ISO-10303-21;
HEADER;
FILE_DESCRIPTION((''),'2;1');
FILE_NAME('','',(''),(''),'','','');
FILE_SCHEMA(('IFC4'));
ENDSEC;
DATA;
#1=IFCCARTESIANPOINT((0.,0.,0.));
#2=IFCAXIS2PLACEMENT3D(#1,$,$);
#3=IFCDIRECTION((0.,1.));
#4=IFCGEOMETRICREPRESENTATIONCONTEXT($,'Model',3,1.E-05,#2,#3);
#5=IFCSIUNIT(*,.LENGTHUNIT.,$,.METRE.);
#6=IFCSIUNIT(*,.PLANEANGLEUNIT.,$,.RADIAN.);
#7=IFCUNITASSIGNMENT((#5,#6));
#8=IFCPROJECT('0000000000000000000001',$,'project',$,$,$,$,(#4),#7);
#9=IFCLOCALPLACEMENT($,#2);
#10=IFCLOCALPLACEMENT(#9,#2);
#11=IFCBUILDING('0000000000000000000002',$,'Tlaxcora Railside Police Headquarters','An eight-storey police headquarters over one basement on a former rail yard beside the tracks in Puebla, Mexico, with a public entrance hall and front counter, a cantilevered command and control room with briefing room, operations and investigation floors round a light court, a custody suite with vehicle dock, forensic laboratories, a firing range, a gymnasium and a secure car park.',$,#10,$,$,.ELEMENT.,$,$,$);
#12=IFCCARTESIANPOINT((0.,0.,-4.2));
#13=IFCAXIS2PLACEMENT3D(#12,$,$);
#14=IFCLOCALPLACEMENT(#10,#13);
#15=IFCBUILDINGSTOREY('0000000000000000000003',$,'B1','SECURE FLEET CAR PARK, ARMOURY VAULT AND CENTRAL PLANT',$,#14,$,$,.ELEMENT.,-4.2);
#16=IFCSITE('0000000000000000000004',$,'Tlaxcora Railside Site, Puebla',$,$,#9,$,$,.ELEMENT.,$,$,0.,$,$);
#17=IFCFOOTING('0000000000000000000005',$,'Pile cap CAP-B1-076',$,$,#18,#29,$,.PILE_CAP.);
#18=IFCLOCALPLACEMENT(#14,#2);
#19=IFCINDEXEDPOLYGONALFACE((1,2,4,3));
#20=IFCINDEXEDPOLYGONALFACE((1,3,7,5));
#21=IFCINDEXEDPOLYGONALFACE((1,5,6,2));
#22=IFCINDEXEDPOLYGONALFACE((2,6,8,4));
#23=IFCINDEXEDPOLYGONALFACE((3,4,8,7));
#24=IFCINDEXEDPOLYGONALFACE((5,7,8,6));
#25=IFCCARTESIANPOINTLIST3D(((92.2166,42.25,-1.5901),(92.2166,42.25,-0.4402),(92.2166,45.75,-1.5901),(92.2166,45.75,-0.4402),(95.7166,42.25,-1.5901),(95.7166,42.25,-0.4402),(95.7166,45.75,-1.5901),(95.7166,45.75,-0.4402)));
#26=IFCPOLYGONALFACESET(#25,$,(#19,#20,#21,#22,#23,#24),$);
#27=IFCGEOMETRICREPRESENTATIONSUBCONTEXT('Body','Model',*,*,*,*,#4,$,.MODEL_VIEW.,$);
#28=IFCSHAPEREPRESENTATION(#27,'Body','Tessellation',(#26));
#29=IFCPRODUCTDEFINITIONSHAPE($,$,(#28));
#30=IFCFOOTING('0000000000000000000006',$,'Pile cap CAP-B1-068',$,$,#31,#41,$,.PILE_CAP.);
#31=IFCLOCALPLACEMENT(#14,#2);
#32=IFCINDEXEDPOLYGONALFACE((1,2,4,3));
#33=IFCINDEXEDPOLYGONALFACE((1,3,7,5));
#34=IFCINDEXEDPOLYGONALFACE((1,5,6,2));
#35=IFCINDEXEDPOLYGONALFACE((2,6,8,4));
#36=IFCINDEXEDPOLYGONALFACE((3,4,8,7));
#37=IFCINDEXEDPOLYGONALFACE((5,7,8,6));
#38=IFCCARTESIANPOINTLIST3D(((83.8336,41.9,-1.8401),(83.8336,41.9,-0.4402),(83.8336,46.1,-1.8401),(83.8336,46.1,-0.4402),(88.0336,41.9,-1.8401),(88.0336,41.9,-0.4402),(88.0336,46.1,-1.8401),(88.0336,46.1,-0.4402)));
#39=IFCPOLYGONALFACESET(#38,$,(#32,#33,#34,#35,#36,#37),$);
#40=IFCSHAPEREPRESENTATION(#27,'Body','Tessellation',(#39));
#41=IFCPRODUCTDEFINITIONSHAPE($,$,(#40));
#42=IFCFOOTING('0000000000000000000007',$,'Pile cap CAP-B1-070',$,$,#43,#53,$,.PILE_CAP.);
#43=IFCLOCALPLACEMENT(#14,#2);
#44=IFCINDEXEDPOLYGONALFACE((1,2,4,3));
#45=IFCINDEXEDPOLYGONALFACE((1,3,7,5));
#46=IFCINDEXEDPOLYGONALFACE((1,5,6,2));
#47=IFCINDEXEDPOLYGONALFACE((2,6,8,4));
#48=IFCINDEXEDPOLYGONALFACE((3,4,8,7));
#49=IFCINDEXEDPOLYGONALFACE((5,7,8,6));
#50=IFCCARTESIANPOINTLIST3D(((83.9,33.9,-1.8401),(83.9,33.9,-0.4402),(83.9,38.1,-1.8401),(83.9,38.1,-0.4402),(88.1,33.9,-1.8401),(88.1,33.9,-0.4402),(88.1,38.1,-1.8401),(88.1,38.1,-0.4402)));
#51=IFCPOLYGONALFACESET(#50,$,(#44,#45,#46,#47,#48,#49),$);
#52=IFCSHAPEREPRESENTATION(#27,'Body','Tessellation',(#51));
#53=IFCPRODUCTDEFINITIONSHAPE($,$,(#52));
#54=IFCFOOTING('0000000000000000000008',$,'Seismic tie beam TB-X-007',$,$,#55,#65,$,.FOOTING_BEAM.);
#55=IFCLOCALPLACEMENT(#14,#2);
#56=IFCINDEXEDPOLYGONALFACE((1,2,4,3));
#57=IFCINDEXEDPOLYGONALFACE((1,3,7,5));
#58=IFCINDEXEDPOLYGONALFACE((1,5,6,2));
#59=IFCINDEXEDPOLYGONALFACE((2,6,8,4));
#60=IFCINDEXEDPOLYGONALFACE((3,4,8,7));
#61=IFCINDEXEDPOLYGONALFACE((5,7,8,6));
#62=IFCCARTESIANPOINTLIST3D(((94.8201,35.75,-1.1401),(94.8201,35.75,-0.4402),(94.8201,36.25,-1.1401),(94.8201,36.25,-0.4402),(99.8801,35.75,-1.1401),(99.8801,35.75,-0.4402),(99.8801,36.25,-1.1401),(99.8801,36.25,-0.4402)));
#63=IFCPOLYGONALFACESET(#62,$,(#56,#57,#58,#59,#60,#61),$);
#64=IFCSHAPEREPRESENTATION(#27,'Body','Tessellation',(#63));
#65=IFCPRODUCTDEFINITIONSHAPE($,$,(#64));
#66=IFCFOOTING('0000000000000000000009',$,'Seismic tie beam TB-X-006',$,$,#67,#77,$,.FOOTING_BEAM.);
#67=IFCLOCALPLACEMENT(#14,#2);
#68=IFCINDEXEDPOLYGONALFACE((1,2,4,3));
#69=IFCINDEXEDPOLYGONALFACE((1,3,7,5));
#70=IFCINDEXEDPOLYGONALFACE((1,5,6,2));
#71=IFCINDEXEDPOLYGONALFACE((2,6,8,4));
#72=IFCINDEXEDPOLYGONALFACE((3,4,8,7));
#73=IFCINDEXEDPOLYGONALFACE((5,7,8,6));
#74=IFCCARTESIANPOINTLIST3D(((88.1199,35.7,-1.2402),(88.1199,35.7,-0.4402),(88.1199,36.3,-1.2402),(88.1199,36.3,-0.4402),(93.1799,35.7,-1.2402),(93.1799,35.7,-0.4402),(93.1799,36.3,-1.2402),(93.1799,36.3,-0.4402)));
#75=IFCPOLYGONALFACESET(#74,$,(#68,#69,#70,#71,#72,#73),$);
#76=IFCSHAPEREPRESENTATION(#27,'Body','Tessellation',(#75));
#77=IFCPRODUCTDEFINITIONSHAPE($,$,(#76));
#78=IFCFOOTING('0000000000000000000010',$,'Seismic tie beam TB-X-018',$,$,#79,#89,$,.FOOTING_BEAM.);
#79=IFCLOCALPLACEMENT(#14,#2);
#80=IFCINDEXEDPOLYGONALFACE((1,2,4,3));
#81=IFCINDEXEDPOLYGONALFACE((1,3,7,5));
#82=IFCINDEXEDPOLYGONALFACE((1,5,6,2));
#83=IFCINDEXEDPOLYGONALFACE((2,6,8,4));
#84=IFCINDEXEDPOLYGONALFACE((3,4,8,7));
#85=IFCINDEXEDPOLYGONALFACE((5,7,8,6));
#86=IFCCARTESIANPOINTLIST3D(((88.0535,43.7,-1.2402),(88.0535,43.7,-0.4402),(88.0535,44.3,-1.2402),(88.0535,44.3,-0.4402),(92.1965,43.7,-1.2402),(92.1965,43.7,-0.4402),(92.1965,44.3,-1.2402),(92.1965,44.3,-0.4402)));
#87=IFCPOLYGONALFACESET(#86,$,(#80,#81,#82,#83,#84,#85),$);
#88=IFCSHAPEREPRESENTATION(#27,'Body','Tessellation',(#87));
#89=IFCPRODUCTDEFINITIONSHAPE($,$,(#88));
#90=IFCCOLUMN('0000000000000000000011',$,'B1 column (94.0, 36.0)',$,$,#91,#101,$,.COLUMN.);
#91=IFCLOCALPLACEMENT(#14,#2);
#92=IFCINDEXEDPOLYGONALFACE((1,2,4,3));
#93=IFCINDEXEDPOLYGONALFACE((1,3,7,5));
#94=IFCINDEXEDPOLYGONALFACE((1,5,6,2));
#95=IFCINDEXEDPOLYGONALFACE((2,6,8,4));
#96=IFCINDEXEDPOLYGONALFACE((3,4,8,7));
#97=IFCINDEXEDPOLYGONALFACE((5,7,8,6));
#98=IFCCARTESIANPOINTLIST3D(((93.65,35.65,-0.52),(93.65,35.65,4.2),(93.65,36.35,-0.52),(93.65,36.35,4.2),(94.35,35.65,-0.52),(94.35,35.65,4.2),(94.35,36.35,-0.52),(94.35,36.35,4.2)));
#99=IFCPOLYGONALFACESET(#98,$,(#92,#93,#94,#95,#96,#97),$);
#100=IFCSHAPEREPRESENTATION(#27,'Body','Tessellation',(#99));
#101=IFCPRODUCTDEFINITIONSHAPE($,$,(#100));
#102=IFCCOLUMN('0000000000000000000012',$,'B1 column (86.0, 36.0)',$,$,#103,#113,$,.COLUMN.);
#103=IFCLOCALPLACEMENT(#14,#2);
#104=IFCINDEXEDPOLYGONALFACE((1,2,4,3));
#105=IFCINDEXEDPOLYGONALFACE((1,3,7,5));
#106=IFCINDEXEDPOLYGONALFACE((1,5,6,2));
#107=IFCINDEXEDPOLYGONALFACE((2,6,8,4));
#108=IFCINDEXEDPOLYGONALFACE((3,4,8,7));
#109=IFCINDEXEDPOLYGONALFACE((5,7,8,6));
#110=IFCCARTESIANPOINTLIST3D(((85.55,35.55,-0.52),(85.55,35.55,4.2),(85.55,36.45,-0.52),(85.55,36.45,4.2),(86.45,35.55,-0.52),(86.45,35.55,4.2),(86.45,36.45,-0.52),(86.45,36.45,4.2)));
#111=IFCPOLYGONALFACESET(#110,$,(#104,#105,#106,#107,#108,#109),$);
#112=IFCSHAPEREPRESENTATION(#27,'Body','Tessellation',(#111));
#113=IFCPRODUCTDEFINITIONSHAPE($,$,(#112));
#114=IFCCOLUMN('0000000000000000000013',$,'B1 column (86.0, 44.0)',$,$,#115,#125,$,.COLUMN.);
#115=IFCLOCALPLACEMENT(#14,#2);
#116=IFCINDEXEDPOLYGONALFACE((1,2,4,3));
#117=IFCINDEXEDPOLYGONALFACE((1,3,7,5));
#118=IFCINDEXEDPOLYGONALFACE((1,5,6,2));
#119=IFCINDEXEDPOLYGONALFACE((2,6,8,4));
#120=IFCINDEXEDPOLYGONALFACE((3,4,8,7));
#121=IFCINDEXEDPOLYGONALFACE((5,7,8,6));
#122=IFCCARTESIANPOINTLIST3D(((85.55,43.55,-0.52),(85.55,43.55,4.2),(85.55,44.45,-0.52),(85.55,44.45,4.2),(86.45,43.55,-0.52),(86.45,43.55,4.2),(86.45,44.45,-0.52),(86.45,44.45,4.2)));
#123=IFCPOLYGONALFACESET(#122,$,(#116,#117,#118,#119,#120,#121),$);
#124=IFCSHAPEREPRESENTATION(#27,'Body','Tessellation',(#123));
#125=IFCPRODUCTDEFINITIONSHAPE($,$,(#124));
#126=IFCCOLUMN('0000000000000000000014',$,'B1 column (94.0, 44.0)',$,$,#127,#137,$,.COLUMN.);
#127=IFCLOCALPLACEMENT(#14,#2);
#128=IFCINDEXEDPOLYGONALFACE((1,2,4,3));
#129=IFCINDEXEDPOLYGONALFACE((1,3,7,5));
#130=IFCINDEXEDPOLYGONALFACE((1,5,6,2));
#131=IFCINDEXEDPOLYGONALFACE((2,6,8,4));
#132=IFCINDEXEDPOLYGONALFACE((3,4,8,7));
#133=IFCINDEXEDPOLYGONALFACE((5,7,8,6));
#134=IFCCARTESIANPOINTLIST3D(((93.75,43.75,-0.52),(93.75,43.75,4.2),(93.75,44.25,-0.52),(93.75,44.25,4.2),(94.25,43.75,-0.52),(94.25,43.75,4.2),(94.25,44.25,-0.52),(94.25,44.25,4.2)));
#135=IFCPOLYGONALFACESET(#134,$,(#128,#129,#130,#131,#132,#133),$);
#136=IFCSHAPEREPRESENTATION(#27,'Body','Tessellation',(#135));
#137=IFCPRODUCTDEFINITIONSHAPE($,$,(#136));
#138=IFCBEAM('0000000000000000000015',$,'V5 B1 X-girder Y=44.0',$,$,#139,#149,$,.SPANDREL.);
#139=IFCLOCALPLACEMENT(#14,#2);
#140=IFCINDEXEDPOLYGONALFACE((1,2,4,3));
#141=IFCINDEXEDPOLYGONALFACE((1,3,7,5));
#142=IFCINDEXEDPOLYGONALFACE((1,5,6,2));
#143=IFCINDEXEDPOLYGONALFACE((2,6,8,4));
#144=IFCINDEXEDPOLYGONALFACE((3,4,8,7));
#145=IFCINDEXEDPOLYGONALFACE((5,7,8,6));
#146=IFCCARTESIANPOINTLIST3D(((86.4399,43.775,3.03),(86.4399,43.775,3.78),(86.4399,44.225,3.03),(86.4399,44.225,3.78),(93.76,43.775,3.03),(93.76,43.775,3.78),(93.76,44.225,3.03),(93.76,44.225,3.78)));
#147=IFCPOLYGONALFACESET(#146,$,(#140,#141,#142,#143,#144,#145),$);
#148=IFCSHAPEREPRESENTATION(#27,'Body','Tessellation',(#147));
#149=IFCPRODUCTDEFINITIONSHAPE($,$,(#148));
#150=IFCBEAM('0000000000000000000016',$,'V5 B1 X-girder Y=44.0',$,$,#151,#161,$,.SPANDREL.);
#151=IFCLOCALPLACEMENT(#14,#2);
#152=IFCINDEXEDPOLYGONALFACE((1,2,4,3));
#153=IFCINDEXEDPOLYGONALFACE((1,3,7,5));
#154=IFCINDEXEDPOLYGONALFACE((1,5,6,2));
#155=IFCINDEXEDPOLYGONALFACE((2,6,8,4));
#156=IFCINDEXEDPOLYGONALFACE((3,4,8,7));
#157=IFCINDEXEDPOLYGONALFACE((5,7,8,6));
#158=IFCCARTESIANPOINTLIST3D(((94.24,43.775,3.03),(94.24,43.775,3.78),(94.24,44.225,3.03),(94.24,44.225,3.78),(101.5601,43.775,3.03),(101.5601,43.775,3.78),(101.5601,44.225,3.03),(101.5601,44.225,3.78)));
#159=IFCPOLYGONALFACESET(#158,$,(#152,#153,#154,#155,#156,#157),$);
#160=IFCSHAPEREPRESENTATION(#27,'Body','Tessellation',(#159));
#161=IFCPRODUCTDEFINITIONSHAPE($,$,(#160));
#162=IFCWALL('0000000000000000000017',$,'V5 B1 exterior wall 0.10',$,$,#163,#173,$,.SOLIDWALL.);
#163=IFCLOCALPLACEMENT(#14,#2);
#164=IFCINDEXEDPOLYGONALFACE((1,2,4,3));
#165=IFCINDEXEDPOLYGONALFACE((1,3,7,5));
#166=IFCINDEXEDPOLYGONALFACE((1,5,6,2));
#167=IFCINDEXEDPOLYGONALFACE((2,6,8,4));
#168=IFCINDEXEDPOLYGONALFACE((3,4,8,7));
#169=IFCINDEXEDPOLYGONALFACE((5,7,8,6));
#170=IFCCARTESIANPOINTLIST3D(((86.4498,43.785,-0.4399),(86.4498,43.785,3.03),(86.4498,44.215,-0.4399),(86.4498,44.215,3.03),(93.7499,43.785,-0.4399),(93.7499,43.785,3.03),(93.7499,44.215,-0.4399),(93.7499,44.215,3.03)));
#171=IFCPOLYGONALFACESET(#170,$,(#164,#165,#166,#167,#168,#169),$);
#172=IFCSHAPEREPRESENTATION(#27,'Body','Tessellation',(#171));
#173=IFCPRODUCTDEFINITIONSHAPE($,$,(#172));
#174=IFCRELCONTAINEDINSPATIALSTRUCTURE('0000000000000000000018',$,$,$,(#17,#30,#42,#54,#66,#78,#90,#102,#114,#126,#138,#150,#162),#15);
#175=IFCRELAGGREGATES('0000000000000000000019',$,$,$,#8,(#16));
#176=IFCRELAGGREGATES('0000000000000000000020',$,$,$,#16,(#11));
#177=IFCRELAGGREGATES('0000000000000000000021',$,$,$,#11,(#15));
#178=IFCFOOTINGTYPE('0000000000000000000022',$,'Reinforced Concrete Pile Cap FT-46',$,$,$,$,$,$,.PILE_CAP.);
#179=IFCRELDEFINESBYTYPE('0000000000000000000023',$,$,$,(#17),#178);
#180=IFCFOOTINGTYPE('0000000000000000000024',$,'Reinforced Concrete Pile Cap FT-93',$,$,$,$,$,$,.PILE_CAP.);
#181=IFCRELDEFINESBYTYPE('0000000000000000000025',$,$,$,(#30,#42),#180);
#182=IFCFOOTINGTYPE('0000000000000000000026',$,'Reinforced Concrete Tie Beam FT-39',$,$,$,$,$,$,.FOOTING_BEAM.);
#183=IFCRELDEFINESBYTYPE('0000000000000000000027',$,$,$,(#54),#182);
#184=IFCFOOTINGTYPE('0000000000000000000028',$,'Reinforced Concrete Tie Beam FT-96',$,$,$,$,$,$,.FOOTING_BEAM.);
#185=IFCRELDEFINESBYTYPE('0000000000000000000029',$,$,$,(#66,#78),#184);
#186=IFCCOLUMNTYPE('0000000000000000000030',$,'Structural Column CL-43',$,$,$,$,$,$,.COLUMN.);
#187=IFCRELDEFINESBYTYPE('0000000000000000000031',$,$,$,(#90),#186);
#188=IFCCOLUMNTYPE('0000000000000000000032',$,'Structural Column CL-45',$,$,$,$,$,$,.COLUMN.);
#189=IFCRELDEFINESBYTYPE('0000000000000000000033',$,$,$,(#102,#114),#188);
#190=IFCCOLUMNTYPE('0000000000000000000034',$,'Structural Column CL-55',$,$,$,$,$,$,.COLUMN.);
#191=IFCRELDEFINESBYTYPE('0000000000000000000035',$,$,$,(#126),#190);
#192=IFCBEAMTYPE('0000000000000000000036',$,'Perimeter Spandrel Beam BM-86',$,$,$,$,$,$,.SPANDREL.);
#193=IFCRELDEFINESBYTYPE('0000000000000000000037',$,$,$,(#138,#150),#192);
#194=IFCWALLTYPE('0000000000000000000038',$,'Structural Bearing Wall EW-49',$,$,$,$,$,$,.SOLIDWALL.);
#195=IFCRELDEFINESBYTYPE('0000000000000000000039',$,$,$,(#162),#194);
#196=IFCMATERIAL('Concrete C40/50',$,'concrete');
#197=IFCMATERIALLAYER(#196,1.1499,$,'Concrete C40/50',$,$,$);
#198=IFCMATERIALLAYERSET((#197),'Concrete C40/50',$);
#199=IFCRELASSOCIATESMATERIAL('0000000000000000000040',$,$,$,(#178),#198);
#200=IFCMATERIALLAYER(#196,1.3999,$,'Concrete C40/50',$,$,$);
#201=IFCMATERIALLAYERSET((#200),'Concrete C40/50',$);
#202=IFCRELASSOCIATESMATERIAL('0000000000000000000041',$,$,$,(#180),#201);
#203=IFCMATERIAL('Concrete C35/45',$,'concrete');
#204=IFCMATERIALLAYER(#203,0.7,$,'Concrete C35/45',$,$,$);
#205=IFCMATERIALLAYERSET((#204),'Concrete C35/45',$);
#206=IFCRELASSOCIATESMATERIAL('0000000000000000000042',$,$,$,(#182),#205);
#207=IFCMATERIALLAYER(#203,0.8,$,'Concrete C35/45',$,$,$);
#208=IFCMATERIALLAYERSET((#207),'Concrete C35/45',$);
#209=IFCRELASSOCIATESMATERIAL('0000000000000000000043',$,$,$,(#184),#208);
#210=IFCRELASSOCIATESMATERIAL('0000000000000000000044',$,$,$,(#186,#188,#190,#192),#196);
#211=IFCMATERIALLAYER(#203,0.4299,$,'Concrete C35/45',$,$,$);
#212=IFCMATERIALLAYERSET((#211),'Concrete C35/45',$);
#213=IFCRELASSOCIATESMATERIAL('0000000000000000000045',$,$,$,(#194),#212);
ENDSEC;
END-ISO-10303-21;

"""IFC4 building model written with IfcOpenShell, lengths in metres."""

from ifc_helpers import new_model, si_unit, direction, frame, frame_2d, origin, origin_2d, place, context, subcontext, project, spatial, rectangle, extrude, material, layer, layer_set, material_profile, profile_set, type_object, element, save


model = new_model("IFC4")

# Units and contexts
model_context = context("Model", 3, precision=1e-05, world=origin(), true_north=direction((0.0, 1.0)))
body_context = subcontext(model_context, "Body", "Model", "MODEL_VIEW")
ifc_project = project(units=[si_unit("LENGTHUNIT", "METRE"), si_unit("PLANEANGLEUNIT", "RADIAN")], contexts=[model_context])

# Site, building, storey
site_placement = place(None, origin())
site = spatial("IfcSite", under=ifc_project, at=site_placement, Name="Tlaxcora Railside Site, Puebla", CompositionType="ELEMENT", RefElevation=0.0)
building_placement = place(site_placement, origin())
building = spatial("IfcBuilding", under=site, at=building_placement, Name="Tlaxcora Railside Police Headquarters", Description="An eight-storey police headquarters over one basement on a former rail yard beside the tracks in Puebla, Mexico, with a public entrance hall and front counter, a cantilevered command and control room with briefing room, operations and investigation floors round a light court, a custody suite with vehicle dock, forensic laboratories, a firing range, a gymnasium and a secure car park.", CompositionType="ELEMENT")
storey_placement = place(building_placement, frame((0.0, 0.0, -4.2)))
storey = spatial("IfcBuildingStorey", under=building, at=storey_placement, Name="B1", Description="SECURE FLEET CAR PARK, ARMOURY VAULT AND CENTRAL PLANT", CompositionType="ELEMENT", Elevation=-4.2)

# Shared definitions
ifc_material_1 = material(Name="Concrete C35/45", Category="concrete")

# Footings
ifc_material_2 = material(Name="Concrete C40/50", Category="concrete")
ifc_layer_1 = layer(ifc_material_2, 1.1499, Name="Concrete C40/50")
ifc_layer_set_1 = layer_set([ifc_layer_1], Name="Concrete C40/50")
footing_type_1 = type_object("IfcFootingType", Name="Reinforced Concrete Pile Cap FT-46", PredefinedType="PILE_CAP", material=ifc_layer_set_1)
footing_1_placement = place(storey_placement, frame((93.9666, 44.0, -1.5901), z_axis=(0.0, 0.0, 1.0), x_axis=(1.0, 0.0, 0.0)))
element("IfcFooting", 1, at=footing_1_placement, inside=storey, type_object=footing_type_1, Name="Pile cap CAP-B1-076", PredefinedType="PILE_CAP", context=body_context, shape_type="SweptSolid", body=[
    extrude(rectangle(XDim=3.5, YDim=3.5, at=origin_2d()), origin(), (0.0, 0.0, 1.0), 1.1499),
])
ifc_layer_2 = layer(ifc_material_2, 1.3999, Name="Concrete C40/50")
ifc_layer_set_2 = layer_set([ifc_layer_2], Name="Concrete C40/50")
footing_type_2 = type_object("IfcFootingType", Name="Reinforced Concrete Pile Cap FT-93", PredefinedType="PILE_CAP", material=ifc_layer_set_2)
for number, where, z_axis, x_axis, name in (
    (2, (85.9336, 44.0, -1.8401), (0.0, 0.0, 1.0), (1.0, 0.0, 0.0), "Pile cap CAP-B1-068"),
    (3, (86.0, 36.0, -1.8401), (0.0, 0.0, 1.0), (1.0, 0.0, 0.0), "Pile cap CAP-B1-070"),
):
    element("IfcFooting", number, at=place(storey_placement, frame(where, z_axis=z_axis, x_axis=x_axis)), inside=storey, type_object=footing_type_2, Name=name, PredefinedType="PILE_CAP", context=body_context, shape_type="SweptSolid", body=[
        extrude(rectangle(XDim=4.2, YDim=4.2, at=origin_2d()), origin(), (0.0, 0.0, 1.0), 1.3999),
    ])
ifc_layer_3 = layer(ifc_material_1, 0.7, Name="Concrete C35/45")
ifc_layer_set_3 = layer_set([ifc_layer_3], Name="Concrete C35/45")
footing_type_3 = type_object("IfcFootingType", Name="Reinforced Concrete Tie Beam FT-39", PredefinedType="FOOTING_BEAM", material=ifc_layer_set_3)
footing_2_placement = place(storey_placement, frame((97.3501, 36.0, -1.1401), z_axis=(0.0, 0.0, 1.0), x_axis=(1.0, 0.0, 0.0)))
element("IfcFooting", 4, at=footing_2_placement, inside=storey, type_object=footing_type_3, Name="Seismic tie beam TB-X-007", PredefinedType="FOOTING_BEAM", context=body_context, shape_type="SweptSolid", body=[
    extrude(rectangle(XDim=5.0601, YDim=0.5, at=origin_2d()), origin(), (0.0, 0.0, 1.0), 0.7),
])
ifc_layer_4 = layer(ifc_material_1, 0.8, Name="Concrete C35/45")
ifc_layer_set_4 = layer_set([ifc_layer_4], Name="Concrete C35/45")
footing_type_4 = type_object("IfcFootingType", Name="Reinforced Concrete Tie Beam FT-96", PredefinedType="FOOTING_BEAM", material=ifc_layer_set_4)
footing_3_placement = place(storey_placement, frame((90.6499, 36.0, -1.2402), z_axis=(0.0, 0.0, 1.0), x_axis=(1.0, 0.0, 0.0)))
element("IfcFooting", 5, at=footing_3_placement, inside=storey, type_object=footing_type_4, Name="Seismic tie beam TB-X-006", PredefinedType="FOOTING_BEAM", context=body_context, shape_type="SweptSolid", body=[
    extrude(rectangle(XDim=5.0601, YDim=0.6001, at=origin_2d()), origin(), (0.0, 0.0, 1.0), 0.8),
])
footing_4_placement = place(storey_placement, frame((90.125, 44.0, -1.2402), z_axis=(0.0, 0.0, 1.0), x_axis=(1.0, 0.0, 0.0)))
element("IfcFooting", 6, at=footing_4_placement, inside=storey, type_object=footing_type_4, Name="Seismic tie beam TB-X-018", PredefinedType="FOOTING_BEAM", context=body_context, shape_type="SweptSolid", body=[
    extrude(rectangle(XDim=4.1431, YDim=0.6001, at=origin_2d()), origin(), (0.0, 0.0, 1.0), 0.8),
])

# Columns
ifc_material_profile_1 = material_profile(ifc_material_2, rectangle(XDim=0.7, YDim=0.7, at=origin_2d()), Name="RC700X700")
ifc_profile_set_1 = profile_set([ifc_material_profile_1], Name="Concrete C40/50")
column_type_1 = type_object("IfcColumnType", Name="Structural Column CL-43", PredefinedType="COLUMN", material=ifc_profile_set_1)
column_1_placement = place(storey_placement, frame((94.0, 36.0, -0.52), z_axis=(0.0, 0.0, 1.0), x_axis=(1.0, 0.0, 0.0)))
element("IfcColumn", 7, at=column_1_placement, inside=storey, type_object=column_type_1, Name="B1 column (94.0, 36.0)", PredefinedType="COLUMN", context=body_context, shape_type="SweptSolid", body=[
    extrude(rectangle(XDim=0.7, YDim=0.7, at=origin_2d()), origin(), (0.0, 0.0, 1.0), 4.72),
])
ifc_material_profile_2 = material_profile(ifc_material_2, rectangle(XDim=0.8999, YDim=0.8999, at=origin_2d()), Name="RC900X900")
ifc_profile_set_2 = profile_set([ifc_material_profile_2], Name="Concrete C40/50")
column_type_2 = type_object("IfcColumnType", Name="Structural Column CL-45", PredefinedType="COLUMN", material=ifc_profile_set_2)
for number, where, z_axis, x_axis, name in (
    (8, (86.0, 36.0, -0.52), (0.0, 0.0, 1.0), (1.0, 0.0, 0.0), "B1 column (86.0, 36.0)"),
    (9, (86.0, 44.0, -0.52), (0.0, 0.0, 1.0), (1.0, 0.0, 0.0), "B1 column (86.0, 44.0)"),
):
    element("IfcColumn", number, at=place(storey_placement, frame(where, z_axis=z_axis, x_axis=x_axis)), inside=storey, type_object=column_type_2, Name=name, PredefinedType="COLUMN", context=body_context, shape_type="SweptSolid", body=[
        extrude(rectangle(XDim=0.8999, YDim=0.8999, at=origin_2d()), origin(), (0.0, 0.0, 1.0), 4.72),
    ])
ifc_material_profile_3 = material_profile(ifc_material_2, rectangle(XDim=0.5, YDim=0.5, at=origin_2d()), Name="RC500X500")
ifc_profile_set_3 = profile_set([ifc_material_profile_3], Name="Concrete C40/50")
column_type_3 = type_object("IfcColumnType", Name="Structural Column CL-55", PredefinedType="COLUMN", material=ifc_profile_set_3)
column_2_placement = place(storey_placement, frame((94.0, 44.0, -0.52), z_axis=(0.0, 0.0, 1.0), x_axis=(1.0, 0.0, 0.0)))
element("IfcColumn", 10, at=column_2_placement, inside=storey, type_object=column_type_3, Name="B1 column (94.0, 44.0)", PredefinedType="COLUMN", context=body_context, shape_type="SweptSolid", body=[
    extrude(rectangle(XDim=0.5, YDim=0.5, at=origin_2d()), origin(), (0.0, 0.0, 1.0), 4.72),
])

# Beams
ifc_material_profile_4 = material_profile(ifc_material_2, rectangle(XDim=0.45, YDim=0.75, at=origin_2d()), Name="RC450X750")
ifc_profile_set_4 = profile_set([ifc_material_profile_4], Name="Concrete C40/50")
beam_type = type_object("IfcBeamType", Name="Perimeter Spandrel Beam BM-86", PredefinedType="SPANDREL", material=ifc_profile_set_4)
for number, where, z_axis, x_axis, name in (
    (11, (86.4399, 44.0, 3.405), (1.0, 0.0, 0.0), (0.0, 1.0, 0.0), "V5 B1 X-girder Y=44.0"),
    (12, (94.24, 44.0, 3.405), (1.0, 0.0, 0.0), (0.0, 1.0, 0.0), "V5 B1 X-girder Y=44.0"),
):
    element("IfcBeam", number, at=place(storey_placement, frame(where, z_axis=z_axis, x_axis=x_axis)), inside=storey, type_object=beam_type, Name=name, PredefinedType="SPANDREL", context=body_context, shape_type="SweptSolid", body=[
        extrude(rectangle(XDim=0.45, YDim=0.75, at=origin_2d()), origin(), (0.0, 0.0, 1.0), 7.3201),
    ])

# Wall
ifc_layer_5 = layer(ifc_material_1, 0.4299, Name="Concrete C35/45")
ifc_layer_set_5 = layer_set([ifc_layer_5], Name="Concrete C35/45")
wall_type = type_object("IfcWallType", Name="Structural Bearing Wall EW-49", PredefinedType="SOLIDWALL", material=ifc_layer_set_5)
wall_placement = place(storey_placement, frame((86.45, 44.0, -0.4399), z_axis=(0.0, 0.0, 1.0), x_axis=(1.0, 0.0, 0.0)))
element("IfcWall", 13, at=wall_placement, inside=storey, type_object=wall_type, Name="V5 B1 exterior wall 0.10", PredefinedType="SOLIDWALL", context=body_context, shape_type="SweptSolid", body=[
    extrude(rectangle(XDim=7.3, YDim=0.4299, at=frame_2d((3.6499, 0.0))), origin(), (0.0, 0.0, 1.0), 3.47),
])

save(model, "model.ifc")
